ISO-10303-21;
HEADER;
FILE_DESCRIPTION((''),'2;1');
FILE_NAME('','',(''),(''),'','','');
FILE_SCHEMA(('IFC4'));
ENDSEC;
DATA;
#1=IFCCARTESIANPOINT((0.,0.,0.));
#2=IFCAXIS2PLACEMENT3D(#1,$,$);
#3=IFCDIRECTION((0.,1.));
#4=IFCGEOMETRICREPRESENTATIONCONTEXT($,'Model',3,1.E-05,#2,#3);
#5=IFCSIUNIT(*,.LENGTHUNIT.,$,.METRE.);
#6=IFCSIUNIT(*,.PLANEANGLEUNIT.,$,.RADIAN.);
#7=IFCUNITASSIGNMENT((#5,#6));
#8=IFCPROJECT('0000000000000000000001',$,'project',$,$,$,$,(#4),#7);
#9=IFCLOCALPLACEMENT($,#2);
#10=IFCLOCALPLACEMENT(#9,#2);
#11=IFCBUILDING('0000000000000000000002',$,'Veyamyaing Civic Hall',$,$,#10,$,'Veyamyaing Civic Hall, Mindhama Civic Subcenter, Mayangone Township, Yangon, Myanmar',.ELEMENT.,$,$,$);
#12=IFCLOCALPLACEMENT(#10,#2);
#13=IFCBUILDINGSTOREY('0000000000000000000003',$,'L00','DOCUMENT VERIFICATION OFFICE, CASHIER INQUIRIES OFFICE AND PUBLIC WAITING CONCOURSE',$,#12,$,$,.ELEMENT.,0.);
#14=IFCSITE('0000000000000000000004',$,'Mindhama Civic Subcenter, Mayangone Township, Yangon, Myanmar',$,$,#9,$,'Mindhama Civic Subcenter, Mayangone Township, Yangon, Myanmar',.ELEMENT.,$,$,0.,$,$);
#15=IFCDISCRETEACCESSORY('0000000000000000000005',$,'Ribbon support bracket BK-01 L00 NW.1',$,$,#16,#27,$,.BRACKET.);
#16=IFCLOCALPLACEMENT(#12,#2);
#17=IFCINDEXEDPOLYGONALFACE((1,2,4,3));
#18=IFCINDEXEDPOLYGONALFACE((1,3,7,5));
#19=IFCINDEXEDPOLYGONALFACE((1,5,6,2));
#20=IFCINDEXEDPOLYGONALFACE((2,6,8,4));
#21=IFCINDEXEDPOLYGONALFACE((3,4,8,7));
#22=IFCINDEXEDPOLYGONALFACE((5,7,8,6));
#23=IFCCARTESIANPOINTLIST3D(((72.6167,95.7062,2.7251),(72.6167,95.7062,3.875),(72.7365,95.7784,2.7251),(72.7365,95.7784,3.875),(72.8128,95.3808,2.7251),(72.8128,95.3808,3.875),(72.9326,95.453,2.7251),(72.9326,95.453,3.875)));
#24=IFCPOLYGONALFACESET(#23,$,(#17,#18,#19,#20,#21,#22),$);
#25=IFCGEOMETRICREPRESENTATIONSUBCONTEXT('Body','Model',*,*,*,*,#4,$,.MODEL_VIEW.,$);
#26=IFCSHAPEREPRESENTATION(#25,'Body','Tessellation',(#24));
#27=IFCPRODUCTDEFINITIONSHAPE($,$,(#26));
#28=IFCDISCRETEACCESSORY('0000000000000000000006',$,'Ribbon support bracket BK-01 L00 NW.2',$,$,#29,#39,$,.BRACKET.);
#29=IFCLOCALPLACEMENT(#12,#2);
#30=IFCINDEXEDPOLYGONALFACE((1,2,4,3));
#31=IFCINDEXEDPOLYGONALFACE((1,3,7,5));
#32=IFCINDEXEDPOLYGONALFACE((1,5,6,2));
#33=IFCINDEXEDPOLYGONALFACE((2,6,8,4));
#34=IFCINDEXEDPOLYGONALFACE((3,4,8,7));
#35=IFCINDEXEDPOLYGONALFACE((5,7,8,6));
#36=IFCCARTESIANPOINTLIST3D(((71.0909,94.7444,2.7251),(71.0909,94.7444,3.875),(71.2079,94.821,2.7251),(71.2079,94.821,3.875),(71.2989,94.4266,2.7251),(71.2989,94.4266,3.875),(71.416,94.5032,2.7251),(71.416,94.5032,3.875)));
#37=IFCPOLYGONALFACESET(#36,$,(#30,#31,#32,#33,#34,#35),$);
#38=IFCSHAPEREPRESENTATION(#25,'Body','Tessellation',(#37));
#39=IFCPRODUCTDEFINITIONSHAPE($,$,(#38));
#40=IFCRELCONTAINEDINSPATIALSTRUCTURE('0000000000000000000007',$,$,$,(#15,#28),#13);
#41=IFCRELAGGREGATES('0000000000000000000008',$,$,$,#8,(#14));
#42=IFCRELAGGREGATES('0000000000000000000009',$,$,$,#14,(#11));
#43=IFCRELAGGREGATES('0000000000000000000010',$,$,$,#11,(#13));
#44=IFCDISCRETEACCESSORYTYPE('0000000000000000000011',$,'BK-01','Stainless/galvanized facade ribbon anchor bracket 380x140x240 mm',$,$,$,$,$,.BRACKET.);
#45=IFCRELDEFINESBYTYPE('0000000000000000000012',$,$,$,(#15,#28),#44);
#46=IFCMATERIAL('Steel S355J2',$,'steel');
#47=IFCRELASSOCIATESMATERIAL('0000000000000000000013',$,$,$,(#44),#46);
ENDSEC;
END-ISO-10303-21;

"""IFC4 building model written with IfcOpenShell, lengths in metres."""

from ifc_helpers import new_model, si_unit, direction, frame, origin, origin_2d, place, context, subcontext, project, spatial, rectangle, extrude, material, type_object, element, save


model = new_model("IFC4")

# Units and contexts
model_context = context("Model", 3, precision=1e-05, world=origin(), true_north=direction((0.0, 1.0)))
body_context = subcontext(model_context, "Body", "Model", "MODEL_VIEW")
ifc_project = project(units=[si_unit("LENGTHUNIT", "METRE"), si_unit("PLANEANGLEUNIT", "RADIAN")], contexts=[model_context])

# Site, building, storey
site_placement = place(None, origin())
site = spatial("IfcSite", under=ifc_project, at=site_placement, Name="Mindhama Civic Subcenter, Mayangone Township, Yangon, Myanmar", LongName="Mindhama Civic Subcenter, Mayangone Township, Yangon, Myanmar", CompositionType="ELEMENT", RefElevation=0.0)
building_placement = place(site_placement, origin())
building = spatial("IfcBuilding", under=site, at=building_placement, Name="Veyamyaing Civic Hall", LongName="Veyamyaing Civic Hall, Mindhama Civic Subcenter, Mayangone Township, Yangon, Myanmar", CompositionType="ELEMENT")
storey_placement = place(building_placement, origin())
storey = spatial("IfcBuildingStorey", under=building, at=storey_placement, Name="L00", Description="DOCUMENT VERIFICATION OFFICE, CASHIER INQUIRIES OFFICE AND PUBLIC WAITING CONCOURSE", CompositionType="ELEMENT", Elevation=0.0)

# Discrete accessories
ifc_material_1 = material(Name="Steel S355J2", Category="steel")
discrete_accessory_type = type_object("IfcDiscreteAccessoryType", Name="BK-01", Description="Stainless/galvanized facade ribbon anchor bracket 380x140x240 mm", PredefinedType="BRACKET", material=ifc_material_1)
for number, where, z_axis, x_axis, name in (
    (1, (72.7747, 95.5796, 2.7251), (0.0, 0.0, 1.0), (-0.516106, 0.856525, 0.0), "Ribbon support bracket BK-01 L00 NW.1"),
    (2, (71.2534, 94.6238, 2.7251), (0.0, 0.0, 1.0), (-0.547772, 0.836628, 0.0), "Ribbon support bracket BK-01 L00 NW.2"),
):
    element("IfcDiscreteAccessory", number, at=place(storey_placement, frame(where, z_axis=z_axis, x_axis=x_axis)), inside=storey, type_object=discrete_accessory_type, Name=name, PredefinedType="BRACKET", context=body_context, shape_type="SweptSolid", body=[
        extrude(rectangle(XDim=0.3799, YDim=0.1399, at=origin_2d()), origin(), (0.0, 0.0, 1.0), 1.1499),
    ])

save(model, "model.ifc")
